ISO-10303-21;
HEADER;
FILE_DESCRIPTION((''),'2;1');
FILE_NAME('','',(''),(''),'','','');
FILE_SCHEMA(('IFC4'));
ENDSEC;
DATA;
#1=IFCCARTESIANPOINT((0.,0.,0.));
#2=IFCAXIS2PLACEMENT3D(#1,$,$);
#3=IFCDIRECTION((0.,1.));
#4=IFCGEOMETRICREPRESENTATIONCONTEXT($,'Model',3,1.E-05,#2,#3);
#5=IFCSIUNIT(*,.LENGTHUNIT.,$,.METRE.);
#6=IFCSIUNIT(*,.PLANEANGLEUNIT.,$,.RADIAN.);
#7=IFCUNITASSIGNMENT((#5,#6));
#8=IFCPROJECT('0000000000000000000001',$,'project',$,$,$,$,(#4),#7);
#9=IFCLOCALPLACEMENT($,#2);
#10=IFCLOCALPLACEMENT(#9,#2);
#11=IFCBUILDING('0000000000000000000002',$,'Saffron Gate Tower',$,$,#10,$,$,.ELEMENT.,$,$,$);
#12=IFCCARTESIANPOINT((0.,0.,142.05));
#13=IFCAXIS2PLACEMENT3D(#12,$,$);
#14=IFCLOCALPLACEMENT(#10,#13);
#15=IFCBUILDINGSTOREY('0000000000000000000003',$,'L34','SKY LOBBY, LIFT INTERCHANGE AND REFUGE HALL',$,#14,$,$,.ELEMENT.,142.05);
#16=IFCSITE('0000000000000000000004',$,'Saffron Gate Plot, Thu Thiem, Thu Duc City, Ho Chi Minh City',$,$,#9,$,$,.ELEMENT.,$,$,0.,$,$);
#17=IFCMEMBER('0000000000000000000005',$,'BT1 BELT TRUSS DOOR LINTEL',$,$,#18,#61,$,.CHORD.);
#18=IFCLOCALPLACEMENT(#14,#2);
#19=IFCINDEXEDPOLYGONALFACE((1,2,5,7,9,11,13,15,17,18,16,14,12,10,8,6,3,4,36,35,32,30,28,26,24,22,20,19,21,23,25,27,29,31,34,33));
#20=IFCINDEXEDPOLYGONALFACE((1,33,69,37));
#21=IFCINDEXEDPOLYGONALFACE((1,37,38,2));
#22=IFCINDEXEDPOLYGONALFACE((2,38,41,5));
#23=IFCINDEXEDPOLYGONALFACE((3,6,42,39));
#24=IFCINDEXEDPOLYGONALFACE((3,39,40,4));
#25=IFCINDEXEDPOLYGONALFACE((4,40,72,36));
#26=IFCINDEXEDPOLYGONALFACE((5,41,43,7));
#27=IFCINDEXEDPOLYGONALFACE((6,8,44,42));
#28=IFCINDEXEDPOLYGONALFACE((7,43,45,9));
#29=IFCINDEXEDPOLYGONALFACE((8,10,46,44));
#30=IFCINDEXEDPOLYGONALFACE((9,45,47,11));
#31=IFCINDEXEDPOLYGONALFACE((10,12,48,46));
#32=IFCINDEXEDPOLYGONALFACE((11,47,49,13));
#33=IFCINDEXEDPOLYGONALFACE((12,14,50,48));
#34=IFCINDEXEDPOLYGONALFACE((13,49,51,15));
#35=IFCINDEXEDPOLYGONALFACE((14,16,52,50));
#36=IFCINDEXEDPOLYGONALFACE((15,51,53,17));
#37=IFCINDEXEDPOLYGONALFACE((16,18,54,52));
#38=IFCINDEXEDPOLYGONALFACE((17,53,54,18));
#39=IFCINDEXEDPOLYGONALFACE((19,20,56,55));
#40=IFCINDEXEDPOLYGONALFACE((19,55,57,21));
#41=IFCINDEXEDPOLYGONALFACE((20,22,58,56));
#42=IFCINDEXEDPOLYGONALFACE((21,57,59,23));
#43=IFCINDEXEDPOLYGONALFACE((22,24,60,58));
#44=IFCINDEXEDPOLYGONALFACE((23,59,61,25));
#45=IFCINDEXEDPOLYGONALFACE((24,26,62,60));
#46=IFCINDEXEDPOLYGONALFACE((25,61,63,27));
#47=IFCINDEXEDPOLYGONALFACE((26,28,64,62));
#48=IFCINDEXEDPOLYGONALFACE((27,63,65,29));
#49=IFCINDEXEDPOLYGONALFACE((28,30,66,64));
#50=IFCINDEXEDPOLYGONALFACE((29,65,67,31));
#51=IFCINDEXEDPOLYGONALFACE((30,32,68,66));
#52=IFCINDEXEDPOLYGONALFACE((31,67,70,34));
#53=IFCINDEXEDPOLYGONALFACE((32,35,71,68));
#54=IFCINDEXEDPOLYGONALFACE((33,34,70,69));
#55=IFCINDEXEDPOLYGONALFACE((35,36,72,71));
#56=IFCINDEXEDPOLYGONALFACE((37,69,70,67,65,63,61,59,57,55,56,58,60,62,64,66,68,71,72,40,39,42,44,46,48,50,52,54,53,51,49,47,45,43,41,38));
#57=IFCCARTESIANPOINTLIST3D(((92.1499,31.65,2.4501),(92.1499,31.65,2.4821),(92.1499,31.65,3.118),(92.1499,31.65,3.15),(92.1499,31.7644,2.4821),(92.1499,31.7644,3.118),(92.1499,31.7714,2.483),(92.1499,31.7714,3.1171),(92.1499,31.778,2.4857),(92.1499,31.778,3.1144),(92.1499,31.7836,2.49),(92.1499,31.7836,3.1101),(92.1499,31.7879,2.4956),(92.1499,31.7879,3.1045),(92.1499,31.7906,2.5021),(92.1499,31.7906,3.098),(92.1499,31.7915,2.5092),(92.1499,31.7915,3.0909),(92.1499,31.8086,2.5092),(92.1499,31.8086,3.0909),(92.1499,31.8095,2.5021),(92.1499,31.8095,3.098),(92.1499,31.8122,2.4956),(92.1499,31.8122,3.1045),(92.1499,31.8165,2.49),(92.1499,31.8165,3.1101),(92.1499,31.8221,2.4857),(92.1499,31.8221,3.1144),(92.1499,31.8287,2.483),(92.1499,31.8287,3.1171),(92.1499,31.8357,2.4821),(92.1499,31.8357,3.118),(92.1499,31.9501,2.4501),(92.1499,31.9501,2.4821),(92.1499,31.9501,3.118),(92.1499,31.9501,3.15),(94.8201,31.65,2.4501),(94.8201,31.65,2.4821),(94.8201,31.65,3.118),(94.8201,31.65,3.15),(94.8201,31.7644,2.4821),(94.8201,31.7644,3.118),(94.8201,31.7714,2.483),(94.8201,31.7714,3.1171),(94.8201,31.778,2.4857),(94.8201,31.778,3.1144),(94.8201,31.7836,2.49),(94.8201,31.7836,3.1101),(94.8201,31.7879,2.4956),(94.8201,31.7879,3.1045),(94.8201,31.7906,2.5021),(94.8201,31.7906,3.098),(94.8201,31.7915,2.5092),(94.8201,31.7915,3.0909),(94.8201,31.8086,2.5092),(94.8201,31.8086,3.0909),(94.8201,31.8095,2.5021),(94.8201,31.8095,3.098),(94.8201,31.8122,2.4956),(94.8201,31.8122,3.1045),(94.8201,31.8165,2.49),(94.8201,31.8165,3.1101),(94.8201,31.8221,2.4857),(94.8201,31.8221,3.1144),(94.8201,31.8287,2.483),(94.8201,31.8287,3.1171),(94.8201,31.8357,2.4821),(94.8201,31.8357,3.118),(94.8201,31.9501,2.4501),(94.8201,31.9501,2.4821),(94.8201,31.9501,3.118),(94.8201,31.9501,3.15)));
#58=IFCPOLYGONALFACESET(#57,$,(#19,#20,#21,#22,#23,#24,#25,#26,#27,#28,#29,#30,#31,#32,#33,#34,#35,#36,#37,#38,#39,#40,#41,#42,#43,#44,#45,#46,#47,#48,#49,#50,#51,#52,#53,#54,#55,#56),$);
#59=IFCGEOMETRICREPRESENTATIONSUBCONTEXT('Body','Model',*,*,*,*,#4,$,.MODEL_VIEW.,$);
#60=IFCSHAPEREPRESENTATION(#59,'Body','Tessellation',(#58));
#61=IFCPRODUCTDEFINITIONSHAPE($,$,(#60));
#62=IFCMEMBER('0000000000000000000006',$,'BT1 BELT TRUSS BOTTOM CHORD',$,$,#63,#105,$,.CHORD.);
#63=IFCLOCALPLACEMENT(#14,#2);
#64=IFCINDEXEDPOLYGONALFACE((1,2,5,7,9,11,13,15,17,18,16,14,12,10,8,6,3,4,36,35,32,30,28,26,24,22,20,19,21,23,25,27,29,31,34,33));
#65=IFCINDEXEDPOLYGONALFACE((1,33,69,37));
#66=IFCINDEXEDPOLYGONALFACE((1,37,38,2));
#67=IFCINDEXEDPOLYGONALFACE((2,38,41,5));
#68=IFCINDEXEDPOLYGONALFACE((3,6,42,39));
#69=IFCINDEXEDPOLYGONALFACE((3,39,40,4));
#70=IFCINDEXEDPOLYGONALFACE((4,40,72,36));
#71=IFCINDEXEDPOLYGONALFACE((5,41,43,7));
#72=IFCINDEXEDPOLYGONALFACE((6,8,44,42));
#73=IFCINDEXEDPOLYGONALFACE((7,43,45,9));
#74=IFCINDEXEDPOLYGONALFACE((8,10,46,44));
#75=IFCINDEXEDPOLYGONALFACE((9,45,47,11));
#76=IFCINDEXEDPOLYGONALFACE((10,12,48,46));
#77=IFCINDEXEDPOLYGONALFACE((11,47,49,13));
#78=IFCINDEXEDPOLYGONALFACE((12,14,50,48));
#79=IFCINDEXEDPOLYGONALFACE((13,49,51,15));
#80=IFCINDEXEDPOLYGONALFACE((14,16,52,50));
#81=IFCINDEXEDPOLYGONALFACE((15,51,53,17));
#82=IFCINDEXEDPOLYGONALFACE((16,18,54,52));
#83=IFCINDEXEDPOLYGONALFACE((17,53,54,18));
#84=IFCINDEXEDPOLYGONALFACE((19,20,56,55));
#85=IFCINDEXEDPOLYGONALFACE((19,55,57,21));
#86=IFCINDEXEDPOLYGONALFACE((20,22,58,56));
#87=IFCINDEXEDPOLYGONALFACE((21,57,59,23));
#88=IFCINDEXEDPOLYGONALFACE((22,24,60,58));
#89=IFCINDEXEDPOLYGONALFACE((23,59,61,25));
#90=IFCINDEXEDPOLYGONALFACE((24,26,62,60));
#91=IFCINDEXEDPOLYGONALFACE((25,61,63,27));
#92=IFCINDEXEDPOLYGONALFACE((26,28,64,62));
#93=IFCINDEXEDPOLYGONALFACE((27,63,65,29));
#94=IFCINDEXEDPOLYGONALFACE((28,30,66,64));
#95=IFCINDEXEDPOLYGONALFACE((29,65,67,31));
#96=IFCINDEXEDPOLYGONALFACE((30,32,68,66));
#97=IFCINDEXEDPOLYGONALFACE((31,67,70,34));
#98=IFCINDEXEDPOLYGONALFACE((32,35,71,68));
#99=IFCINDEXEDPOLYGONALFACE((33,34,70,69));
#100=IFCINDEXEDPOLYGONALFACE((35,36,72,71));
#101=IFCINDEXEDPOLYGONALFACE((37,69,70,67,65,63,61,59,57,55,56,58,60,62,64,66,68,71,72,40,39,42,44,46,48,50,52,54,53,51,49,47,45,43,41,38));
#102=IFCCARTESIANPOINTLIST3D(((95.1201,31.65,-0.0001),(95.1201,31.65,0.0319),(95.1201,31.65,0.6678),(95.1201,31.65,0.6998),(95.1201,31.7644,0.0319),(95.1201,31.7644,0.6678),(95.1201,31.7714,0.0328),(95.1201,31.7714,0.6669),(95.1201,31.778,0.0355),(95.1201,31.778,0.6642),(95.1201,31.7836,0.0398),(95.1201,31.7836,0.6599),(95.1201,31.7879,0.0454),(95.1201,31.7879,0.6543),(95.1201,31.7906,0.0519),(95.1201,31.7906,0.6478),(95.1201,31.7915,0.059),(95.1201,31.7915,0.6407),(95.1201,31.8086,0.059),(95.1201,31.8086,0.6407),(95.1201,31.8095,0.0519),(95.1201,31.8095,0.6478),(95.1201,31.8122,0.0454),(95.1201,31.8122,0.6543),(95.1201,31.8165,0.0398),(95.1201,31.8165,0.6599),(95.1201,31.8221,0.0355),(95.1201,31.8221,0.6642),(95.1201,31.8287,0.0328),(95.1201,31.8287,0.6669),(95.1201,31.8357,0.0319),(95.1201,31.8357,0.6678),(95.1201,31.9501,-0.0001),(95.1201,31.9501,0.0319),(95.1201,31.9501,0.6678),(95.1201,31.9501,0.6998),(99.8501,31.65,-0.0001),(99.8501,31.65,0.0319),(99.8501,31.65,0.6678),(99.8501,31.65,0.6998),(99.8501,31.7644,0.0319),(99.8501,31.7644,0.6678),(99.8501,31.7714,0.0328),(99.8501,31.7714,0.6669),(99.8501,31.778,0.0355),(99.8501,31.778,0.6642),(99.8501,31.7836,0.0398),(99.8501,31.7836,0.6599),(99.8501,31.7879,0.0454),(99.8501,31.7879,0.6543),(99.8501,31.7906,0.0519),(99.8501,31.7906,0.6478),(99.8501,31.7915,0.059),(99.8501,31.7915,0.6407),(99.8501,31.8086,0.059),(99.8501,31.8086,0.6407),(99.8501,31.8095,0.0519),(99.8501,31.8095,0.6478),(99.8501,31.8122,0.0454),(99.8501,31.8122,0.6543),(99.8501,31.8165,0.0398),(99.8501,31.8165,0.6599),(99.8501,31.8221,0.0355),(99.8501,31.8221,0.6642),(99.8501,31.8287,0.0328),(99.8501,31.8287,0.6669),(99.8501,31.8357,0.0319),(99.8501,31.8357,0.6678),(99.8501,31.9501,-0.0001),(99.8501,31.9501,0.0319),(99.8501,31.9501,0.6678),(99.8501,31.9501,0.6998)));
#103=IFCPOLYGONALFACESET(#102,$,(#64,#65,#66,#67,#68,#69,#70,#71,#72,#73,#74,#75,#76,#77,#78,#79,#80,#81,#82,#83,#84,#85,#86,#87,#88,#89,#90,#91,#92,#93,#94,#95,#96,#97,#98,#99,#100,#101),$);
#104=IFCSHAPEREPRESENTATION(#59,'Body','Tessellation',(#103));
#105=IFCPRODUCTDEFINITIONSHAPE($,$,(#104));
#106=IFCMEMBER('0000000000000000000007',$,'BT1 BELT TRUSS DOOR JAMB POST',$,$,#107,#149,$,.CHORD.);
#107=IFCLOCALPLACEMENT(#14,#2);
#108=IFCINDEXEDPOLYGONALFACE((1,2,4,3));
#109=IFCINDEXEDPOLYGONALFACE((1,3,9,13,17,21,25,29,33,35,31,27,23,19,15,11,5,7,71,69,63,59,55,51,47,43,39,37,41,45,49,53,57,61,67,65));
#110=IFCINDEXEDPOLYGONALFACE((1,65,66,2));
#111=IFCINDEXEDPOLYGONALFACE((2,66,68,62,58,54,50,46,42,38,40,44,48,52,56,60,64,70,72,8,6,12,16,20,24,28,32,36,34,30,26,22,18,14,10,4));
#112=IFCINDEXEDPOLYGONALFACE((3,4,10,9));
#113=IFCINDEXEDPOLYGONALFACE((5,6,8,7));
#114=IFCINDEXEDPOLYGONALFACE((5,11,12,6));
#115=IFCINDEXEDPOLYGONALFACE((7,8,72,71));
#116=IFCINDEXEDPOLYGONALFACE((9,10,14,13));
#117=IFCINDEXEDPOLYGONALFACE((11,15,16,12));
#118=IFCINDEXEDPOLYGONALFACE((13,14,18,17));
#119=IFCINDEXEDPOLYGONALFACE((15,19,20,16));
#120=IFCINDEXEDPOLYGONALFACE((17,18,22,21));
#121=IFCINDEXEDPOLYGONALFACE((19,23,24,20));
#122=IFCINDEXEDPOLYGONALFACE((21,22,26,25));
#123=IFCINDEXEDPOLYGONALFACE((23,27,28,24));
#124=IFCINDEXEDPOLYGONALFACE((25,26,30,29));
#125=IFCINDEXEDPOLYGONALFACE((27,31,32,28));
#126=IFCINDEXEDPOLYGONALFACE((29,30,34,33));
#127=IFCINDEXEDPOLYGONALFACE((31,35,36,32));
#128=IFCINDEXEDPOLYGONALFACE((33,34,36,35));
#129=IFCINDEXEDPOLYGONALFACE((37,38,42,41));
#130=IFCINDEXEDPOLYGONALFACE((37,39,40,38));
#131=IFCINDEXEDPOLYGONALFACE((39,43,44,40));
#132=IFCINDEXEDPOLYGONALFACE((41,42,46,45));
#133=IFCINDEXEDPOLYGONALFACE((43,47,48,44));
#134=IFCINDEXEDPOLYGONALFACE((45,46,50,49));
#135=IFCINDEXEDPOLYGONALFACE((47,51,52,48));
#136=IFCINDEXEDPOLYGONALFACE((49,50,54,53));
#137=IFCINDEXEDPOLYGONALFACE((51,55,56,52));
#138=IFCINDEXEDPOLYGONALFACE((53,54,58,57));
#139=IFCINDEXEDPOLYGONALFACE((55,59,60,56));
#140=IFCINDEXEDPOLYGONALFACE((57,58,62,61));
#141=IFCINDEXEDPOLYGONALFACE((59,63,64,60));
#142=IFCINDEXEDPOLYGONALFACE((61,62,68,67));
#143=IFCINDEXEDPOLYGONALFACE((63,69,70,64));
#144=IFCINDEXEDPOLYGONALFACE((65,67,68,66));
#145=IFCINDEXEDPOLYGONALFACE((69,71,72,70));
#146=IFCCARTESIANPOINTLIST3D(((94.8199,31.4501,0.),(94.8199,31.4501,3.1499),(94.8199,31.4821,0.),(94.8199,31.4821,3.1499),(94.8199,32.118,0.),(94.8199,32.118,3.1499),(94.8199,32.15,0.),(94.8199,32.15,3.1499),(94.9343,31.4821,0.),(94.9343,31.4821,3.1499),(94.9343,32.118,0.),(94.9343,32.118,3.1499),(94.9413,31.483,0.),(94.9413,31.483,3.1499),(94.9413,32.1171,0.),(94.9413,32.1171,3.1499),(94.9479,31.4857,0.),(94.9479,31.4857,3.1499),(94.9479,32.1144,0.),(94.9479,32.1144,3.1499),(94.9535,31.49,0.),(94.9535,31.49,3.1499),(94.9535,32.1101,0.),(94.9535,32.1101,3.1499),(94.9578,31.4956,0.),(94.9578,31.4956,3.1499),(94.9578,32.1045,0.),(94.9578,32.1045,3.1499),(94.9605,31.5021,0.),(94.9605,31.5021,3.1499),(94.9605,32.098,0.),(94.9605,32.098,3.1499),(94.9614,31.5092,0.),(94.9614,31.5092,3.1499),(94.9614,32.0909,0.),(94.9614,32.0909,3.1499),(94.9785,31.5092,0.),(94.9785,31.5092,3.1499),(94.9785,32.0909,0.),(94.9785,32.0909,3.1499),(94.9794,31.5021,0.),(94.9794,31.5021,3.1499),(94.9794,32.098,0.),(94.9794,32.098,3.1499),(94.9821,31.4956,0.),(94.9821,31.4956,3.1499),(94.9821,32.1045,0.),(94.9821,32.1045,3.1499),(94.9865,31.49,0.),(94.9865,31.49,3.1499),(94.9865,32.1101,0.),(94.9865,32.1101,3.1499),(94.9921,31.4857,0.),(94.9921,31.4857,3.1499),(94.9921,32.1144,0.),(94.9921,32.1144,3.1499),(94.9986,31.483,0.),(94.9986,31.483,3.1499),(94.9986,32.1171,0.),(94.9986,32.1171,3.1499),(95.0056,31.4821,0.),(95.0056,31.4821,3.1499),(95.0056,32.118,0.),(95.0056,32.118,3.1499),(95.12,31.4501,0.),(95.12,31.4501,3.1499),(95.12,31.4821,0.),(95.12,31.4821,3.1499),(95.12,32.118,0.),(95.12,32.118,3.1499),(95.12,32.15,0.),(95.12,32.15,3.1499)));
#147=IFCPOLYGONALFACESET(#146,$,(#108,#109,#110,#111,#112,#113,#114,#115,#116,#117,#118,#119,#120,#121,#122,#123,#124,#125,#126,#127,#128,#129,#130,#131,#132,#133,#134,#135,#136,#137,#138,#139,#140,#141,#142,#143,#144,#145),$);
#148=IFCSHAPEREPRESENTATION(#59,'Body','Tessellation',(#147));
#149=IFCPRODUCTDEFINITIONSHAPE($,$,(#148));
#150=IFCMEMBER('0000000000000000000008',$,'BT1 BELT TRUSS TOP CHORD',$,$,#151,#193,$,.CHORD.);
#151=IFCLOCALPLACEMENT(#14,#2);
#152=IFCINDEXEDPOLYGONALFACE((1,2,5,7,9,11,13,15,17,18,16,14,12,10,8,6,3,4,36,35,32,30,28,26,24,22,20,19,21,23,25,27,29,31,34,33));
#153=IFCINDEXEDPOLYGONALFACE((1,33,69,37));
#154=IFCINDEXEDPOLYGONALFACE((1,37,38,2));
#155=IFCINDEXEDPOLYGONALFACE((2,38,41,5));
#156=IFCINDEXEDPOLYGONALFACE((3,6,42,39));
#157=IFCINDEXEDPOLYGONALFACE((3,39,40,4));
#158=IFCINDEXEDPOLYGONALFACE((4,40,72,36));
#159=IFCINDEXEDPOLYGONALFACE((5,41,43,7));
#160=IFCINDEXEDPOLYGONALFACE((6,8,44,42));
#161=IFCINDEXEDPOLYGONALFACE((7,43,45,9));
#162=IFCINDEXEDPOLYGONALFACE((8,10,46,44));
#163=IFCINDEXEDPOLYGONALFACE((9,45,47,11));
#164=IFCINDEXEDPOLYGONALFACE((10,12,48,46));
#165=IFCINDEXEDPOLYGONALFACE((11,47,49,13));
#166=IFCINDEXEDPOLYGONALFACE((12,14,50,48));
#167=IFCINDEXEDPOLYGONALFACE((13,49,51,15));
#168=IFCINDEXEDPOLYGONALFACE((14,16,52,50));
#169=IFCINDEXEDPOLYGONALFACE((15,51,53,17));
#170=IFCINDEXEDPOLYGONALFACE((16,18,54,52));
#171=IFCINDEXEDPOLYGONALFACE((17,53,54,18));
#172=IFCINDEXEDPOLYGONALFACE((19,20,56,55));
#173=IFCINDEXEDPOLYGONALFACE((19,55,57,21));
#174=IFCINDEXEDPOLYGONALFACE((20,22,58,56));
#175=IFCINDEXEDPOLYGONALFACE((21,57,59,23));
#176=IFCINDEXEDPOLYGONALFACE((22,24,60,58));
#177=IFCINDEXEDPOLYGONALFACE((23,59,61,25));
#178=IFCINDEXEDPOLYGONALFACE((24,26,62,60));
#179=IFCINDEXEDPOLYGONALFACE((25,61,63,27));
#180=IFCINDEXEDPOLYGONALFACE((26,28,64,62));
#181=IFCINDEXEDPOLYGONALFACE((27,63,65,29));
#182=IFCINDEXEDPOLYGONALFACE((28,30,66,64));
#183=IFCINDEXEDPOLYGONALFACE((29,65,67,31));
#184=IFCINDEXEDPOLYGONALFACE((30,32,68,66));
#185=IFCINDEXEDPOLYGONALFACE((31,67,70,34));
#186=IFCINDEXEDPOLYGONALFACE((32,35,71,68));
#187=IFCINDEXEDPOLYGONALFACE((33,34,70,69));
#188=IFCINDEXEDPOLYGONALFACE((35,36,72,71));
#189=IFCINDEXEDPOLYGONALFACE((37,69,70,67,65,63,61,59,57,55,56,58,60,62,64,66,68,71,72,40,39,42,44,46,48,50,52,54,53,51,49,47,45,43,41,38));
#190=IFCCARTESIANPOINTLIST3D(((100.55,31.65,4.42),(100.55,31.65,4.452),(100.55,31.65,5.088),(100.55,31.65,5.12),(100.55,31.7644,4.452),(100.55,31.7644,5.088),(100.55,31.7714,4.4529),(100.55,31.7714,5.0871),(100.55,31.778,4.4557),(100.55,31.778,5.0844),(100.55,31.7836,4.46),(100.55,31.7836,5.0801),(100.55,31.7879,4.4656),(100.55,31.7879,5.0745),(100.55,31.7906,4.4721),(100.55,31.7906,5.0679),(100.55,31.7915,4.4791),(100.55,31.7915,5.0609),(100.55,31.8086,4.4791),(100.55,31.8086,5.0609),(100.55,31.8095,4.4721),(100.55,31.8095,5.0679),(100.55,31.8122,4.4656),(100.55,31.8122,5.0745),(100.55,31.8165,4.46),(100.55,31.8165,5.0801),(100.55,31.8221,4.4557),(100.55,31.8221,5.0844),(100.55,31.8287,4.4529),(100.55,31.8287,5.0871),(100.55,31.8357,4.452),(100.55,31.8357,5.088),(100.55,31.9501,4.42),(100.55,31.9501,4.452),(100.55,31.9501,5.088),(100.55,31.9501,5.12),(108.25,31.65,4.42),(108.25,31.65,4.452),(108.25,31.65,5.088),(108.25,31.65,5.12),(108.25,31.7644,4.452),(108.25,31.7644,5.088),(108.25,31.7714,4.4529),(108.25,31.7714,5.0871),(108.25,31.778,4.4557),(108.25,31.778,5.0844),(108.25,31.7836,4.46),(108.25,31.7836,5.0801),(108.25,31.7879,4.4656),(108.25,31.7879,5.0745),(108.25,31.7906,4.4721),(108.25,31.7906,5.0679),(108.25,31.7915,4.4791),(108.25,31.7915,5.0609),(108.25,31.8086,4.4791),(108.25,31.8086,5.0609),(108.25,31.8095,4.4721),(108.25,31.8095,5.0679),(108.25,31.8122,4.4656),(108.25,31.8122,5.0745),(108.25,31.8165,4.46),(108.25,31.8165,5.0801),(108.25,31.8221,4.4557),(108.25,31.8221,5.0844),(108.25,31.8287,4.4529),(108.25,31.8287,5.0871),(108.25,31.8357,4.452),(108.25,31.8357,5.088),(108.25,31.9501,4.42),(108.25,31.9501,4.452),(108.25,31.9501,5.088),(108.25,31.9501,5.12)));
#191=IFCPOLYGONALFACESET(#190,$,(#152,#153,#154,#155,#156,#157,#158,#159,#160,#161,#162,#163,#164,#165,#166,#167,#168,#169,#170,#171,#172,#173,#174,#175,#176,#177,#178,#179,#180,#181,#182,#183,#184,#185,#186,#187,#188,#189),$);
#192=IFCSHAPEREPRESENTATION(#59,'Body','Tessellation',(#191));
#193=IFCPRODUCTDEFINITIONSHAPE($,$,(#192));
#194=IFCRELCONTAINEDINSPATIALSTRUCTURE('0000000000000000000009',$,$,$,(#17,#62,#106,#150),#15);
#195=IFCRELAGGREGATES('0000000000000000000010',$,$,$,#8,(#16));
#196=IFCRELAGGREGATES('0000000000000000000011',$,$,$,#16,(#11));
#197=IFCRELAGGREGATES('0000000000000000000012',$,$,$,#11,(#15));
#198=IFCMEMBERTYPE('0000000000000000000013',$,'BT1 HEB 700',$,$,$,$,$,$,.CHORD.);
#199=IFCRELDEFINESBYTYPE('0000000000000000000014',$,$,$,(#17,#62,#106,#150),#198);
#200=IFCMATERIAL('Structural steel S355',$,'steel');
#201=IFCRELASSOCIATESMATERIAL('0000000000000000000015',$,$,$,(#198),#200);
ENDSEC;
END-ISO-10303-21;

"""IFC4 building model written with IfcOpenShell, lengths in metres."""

from ifc_helpers import new_model, si_unit, direction, frame, origin, origin_2d, place, context, subcontext, project, spatial, i_section, extrude, material, material_profile, profile_set, type_object, element, save


model = new_model("IFC4")

# Units and contexts
model_context = context("Model", 3, precision=1e-05, world=origin(), true_north=direction((0.0, 1.0)))
body_context = subcontext(model_context, "Body", "Model", "MODEL_VIEW")
ifc_project = project(units=[si_unit("LENGTHUNIT", "METRE"), si_unit("PLANEANGLEUNIT", "RADIAN")], contexts=[model_context])

# Site, building, storey
site_placement = place(None, origin())
site = spatial("IfcSite", under=ifc_project, at=site_placement, Name="Saffron Gate Plot, Thu Thiem, Thu Duc City, Ho Chi Minh City", CompositionType="ELEMENT", RefElevation=0.0)
building_placement = place(site_placement, origin())
building = spatial("IfcBuilding", under=site, at=building_placement, Name="Saffron Gate Tower", CompositionType="ELEMENT")
storey_placement = place(building_placement, frame((0.0, 0.0, 142.05)))
storey = spatial("IfcBuildingStorey", under=building, at=storey_placement, Name="L34", Description="SKY LOBBY, LIFT INTERCHANGE AND REFUGE HALL", CompositionType="ELEMENT", Elevation=142.05)

# Shared definitions
ifc_material_1 = material(Name="Structural steel S355", Category="steel")

# Members
ifc_material_profile_1 = material_profile(ifc_material_1, i_section(OverallWidth=0.3, OverallDepth=0.7, WebThickness=0.0171, FlangeThickness=0.032, FilletRadius=0.0271, at=origin_2d()))
ifc_profile_set_1 = profile_set([ifc_material_profile_1], Name="Structural steel S355")
member_type_1 = type_object("IfcMemberType", Name="BT1 HEB 700", PredefinedType="CHORD", material=ifc_profile_set_1)
member_1_placement = place(storey_placement, frame((92.1499, 31.8, 2.8), z_axis=(1.0, 0.0, 0.0), x_axis=(0.0, 1.0, 0.0)))
element("IfcMember", 1, at=member_1_placement, inside=storey, type_object=member_type_1, Name="BT1 BELT TRUSS DOOR LINTEL", PredefinedType="CHORD", context=body_context, shape_type="SweptSolid", body=[
    extrude(i_section(OverallWidth=0.3, OverallDepth=0.7, WebThickness=0.0171, FlangeThickness=0.032, FilletRadius=0.0271, at=origin_2d()), origin(), (0.0, 0.0, 1.0), 2.6702),
])
member_2_placement = place(storey_placement, frame((95.1201, 31.8, 0.3499), z_axis=(1.0, 0.0, 0.0), x_axis=(0.0, 1.0, 0.0)))
element("IfcMember", 2, at=member_2_placement, inside=storey, type_object=member_type_1, Name="BT1 BELT TRUSS BOTTOM CHORD", PredefinedType="CHORD", context=body_context, shape_type="SweptSolid", body=[
    extrude(i_section(OverallWidth=0.3, OverallDepth=0.7, WebThickness=0.0171, FlangeThickness=0.032, FilletRadius=0.0271, at=origin_2d()), origin(), (0.0, 0.0, 1.0), 4.73),
])
member_3_placement = place(storey_placement, frame((94.97, 31.8, 0.0), z_axis=(0.0, 0.0, 1.0), x_axis=(1.0, 0.0, 0.0)))
element("IfcMember", 3, at=member_3_placement, inside=storey, type_object=member_type_1, Name="BT1 BELT TRUSS DOOR JAMB POST", PredefinedType="CHORD", context=body_context, shape_type="SweptSolid", body=[
    extrude(i_section(OverallWidth=0.3, OverallDepth=0.7, WebThickness=0.0171, FlangeThickness=0.032, FilletRadius=0.0271, at=origin_2d()), origin(), (0.0, 0.0, 1.0), 3.1499),
])
for number, where, z_axis, x_axis, name in (
    (4, (100.55, 31.8, 4.77), (1.0, 0.0, 0.0), (0.0, 1.0, 0.0), "BT1 BELT TRUSS TOP CHORD"),
):
    element("IfcMember", number, at=place(storey_placement, frame(where, z_axis=z_axis, x_axis=x_axis)), inside=storey, type_object=member_type_1, Name=name, PredefinedType="CHORD", context=body_context, shape_type="SweptSolid", body=[
        extrude(i_section(OverallWidth=0.3, OverallDepth=0.7, WebThickness=0.0171, FlangeThickness=0.032, FilletRadius=0.0271, at=origin_2d()), origin(), (0.0, 0.0, 1.0), 7.7),
    ])

save(model, "model.ifc")
